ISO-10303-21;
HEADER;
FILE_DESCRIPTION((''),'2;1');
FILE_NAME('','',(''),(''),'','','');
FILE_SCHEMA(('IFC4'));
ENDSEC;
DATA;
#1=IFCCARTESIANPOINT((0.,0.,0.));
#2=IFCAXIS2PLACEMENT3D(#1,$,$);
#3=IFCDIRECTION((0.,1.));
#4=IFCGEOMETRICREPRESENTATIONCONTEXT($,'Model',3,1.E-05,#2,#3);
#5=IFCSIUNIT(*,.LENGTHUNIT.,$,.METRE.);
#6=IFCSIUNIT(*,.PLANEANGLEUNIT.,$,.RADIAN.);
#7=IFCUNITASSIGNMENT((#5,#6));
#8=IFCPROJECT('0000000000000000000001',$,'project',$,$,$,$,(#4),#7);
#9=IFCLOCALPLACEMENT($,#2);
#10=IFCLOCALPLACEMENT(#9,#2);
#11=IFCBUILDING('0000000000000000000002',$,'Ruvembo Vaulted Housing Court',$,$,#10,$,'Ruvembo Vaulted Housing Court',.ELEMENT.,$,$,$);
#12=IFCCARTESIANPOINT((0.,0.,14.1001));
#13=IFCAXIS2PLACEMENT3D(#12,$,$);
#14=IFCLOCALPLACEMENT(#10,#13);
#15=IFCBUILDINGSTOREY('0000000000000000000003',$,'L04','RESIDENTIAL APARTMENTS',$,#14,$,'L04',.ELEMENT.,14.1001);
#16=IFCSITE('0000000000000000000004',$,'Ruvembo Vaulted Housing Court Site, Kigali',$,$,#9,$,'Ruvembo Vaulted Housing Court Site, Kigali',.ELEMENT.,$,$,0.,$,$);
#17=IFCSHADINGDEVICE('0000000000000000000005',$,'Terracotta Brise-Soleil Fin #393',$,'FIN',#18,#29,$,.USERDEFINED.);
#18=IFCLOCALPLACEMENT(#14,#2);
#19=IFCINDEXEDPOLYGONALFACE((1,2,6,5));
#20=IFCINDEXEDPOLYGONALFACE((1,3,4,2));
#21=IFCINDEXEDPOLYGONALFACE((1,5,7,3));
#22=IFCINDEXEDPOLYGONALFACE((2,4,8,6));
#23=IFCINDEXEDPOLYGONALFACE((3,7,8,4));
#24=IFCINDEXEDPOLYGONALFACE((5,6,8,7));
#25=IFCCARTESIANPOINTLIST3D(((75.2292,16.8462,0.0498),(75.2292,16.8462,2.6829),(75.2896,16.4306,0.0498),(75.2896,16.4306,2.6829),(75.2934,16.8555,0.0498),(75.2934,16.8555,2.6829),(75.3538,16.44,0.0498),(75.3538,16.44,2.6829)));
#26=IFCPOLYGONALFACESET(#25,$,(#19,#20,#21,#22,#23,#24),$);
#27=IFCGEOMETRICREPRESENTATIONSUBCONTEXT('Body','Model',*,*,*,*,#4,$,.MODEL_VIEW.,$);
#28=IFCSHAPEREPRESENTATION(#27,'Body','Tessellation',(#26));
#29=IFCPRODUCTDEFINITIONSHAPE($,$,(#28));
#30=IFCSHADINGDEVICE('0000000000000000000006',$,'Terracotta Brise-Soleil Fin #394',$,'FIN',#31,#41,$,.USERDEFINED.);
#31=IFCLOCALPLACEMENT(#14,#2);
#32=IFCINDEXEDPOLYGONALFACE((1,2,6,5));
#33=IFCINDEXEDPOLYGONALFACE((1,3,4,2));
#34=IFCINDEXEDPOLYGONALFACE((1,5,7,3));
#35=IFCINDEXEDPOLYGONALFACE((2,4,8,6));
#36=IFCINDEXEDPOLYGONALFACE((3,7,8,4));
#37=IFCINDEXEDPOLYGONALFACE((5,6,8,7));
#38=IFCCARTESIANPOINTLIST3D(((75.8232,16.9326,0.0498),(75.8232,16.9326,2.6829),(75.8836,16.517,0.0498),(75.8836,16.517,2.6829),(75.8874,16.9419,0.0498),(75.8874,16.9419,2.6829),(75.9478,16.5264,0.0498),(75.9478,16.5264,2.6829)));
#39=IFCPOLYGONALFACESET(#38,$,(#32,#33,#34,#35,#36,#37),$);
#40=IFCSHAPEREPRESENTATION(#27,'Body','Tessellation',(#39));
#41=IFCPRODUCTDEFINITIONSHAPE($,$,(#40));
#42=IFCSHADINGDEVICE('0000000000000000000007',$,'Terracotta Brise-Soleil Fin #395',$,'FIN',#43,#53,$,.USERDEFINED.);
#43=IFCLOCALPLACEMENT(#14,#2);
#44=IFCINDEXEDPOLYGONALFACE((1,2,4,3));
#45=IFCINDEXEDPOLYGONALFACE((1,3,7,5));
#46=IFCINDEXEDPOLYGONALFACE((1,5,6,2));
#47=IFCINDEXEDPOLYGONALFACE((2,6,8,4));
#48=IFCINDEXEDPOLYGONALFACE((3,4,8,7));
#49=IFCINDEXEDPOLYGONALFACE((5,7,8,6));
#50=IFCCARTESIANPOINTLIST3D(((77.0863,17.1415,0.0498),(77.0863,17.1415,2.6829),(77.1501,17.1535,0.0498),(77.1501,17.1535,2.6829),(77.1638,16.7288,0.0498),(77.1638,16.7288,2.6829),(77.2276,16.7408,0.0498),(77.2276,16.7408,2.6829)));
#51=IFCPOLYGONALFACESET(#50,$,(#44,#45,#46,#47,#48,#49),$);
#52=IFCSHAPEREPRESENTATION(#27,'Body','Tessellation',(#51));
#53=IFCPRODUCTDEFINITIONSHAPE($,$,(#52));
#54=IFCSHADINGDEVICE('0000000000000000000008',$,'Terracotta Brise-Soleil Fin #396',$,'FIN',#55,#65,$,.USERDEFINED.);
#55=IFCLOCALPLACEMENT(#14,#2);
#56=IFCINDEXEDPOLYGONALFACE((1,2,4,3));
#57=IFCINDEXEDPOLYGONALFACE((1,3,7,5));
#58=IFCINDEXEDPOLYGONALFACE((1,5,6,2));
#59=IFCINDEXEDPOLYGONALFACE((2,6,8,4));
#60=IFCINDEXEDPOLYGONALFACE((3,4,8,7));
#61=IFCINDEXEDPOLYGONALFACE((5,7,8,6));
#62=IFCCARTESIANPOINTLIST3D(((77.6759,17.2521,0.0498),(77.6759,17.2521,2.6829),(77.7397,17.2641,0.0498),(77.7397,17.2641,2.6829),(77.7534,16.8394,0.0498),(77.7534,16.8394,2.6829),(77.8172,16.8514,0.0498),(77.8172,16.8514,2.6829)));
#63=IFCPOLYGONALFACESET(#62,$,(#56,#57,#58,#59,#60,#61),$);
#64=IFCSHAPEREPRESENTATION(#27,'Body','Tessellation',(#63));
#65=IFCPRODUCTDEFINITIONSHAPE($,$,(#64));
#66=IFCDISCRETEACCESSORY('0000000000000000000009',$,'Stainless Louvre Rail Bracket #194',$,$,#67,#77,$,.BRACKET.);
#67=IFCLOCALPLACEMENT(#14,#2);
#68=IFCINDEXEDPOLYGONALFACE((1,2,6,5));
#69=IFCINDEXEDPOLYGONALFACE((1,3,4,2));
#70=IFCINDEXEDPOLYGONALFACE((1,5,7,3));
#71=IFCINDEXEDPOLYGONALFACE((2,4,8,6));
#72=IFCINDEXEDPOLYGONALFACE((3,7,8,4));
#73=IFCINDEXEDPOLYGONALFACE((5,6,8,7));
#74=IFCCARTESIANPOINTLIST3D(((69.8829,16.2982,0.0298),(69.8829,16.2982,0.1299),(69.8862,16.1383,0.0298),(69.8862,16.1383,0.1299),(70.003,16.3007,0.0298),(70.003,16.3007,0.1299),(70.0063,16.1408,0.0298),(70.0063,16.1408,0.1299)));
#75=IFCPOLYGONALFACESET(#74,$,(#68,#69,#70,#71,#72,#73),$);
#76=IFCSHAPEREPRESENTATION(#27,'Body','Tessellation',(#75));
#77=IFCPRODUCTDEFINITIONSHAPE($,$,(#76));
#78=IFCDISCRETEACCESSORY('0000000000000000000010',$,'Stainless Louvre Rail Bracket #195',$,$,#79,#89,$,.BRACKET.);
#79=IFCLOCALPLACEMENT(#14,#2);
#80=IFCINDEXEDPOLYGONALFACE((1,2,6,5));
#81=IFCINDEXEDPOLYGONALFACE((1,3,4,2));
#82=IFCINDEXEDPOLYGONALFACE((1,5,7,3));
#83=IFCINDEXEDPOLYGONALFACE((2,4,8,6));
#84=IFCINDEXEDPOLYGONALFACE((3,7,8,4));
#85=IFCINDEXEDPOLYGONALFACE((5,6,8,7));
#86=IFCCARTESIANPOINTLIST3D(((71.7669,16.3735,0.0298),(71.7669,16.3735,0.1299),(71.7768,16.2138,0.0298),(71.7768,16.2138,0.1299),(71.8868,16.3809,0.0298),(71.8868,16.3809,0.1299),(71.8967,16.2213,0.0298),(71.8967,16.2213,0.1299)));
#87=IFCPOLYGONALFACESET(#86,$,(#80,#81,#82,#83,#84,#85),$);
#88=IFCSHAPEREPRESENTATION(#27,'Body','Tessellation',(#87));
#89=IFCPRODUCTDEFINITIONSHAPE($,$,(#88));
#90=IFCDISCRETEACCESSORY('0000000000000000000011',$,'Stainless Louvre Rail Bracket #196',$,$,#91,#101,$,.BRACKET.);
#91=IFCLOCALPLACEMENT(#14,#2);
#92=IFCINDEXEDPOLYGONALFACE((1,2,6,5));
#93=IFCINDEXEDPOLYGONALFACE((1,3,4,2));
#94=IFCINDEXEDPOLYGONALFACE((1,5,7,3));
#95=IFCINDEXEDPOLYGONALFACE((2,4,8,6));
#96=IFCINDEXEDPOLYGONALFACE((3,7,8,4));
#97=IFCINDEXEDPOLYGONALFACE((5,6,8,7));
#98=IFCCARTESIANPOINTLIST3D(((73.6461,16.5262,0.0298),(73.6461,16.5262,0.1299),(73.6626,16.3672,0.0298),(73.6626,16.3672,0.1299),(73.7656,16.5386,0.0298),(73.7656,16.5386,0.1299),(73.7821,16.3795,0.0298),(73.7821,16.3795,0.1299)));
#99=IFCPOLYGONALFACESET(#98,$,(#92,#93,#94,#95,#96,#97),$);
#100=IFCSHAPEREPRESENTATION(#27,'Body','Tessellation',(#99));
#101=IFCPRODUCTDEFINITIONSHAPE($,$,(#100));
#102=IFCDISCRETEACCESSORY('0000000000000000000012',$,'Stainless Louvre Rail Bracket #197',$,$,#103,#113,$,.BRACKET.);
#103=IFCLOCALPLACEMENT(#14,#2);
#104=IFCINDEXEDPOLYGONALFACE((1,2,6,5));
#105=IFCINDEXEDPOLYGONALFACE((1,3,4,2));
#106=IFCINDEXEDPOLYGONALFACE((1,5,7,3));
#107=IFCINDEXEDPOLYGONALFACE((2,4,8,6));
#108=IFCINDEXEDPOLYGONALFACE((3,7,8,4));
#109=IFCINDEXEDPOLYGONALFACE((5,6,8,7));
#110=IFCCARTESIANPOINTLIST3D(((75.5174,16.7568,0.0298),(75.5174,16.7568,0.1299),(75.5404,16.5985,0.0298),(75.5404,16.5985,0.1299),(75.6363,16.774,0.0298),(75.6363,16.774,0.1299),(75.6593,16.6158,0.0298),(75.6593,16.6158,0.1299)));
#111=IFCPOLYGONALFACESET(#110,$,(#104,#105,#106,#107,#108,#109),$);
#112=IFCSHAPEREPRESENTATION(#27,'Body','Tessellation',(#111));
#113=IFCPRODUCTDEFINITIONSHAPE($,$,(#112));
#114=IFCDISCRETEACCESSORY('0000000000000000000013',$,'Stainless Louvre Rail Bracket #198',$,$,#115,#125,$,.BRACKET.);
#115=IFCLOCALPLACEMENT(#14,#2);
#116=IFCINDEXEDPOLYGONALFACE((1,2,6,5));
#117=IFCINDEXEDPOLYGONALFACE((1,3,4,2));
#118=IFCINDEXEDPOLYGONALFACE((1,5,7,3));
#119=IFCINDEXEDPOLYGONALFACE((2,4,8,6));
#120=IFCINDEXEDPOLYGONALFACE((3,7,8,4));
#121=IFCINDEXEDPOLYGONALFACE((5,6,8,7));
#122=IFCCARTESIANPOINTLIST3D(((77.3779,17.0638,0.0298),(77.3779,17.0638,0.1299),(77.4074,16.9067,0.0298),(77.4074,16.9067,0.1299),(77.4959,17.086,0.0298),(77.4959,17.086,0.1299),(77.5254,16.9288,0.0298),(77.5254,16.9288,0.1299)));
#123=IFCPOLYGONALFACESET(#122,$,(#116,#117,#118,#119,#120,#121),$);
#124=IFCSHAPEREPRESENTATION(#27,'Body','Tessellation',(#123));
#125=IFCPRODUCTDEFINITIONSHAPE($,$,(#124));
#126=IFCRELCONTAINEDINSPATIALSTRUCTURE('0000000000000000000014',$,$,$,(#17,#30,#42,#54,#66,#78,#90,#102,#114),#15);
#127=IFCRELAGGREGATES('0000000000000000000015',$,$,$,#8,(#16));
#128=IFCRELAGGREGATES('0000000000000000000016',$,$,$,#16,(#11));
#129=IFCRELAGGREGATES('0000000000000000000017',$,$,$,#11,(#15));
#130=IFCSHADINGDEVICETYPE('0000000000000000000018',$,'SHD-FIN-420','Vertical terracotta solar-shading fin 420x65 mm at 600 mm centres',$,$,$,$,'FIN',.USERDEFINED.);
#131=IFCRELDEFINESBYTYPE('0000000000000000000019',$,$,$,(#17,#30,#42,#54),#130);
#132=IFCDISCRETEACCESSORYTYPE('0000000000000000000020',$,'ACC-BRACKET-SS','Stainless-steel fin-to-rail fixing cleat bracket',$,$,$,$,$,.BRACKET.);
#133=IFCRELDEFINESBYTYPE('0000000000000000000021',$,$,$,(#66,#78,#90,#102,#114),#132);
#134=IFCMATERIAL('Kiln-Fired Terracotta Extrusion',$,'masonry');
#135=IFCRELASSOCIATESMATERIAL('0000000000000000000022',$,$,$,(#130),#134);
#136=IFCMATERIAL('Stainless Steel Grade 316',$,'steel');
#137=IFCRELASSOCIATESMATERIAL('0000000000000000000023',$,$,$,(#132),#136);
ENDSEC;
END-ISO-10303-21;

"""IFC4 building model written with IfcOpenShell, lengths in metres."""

from ifc_helpers import new_model, si_unit, direction, frame, origin, origin_2d, place, context, subcontext, project, spatial, rectangle, extrude, material, type_object, element, save


model = new_model("IFC4")

# Units and contexts
model_context = context("Model", 3, precision=1e-05, world=origin(), true_north=direction((0.0, 1.0)))
body_context = subcontext(model_context, "Body", "Model", "MODEL_VIEW")
ifc_project = project(units=[si_unit("LENGTHUNIT", "METRE"), si_unit("PLANEANGLEUNIT", "RADIAN")], contexts=[model_context])

# Site, building, storey
site_placement = place(None, origin())
site = spatial("IfcSite", under=ifc_project, at=site_placement, Name="Ruvembo Vaulted Housing Court Site, Kigali", LongName="Ruvembo Vaulted Housing Court Site, Kigali", CompositionType="ELEMENT", RefElevation=0.0)
building_placement = place(site_placement, origin())
building = spatial("IfcBuilding", under=site, at=building_placement, Name="Ruvembo Vaulted Housing Court", LongName="Ruvembo Vaulted Housing Court", CompositionType="ELEMENT")
storey_placement = place(building_placement, frame((0.0, 0.0, 14.1001)))
storey = spatial("IfcBuildingStorey", under=building, at=storey_placement, Name="L04", Description="RESIDENTIAL APARTMENTS", LongName="L04", CompositionType="ELEMENT", Elevation=14.1001)

# Shading devices
ifc_material_1 = material(Name="Kiln-Fired Terracotta Extrusion", Category="masonry")
shading_device_type = type_object("IfcShadingDeviceType", Name="SHD-FIN-420", Description="Vertical terracotta solar-shading fin 420x65 mm at 600 mm centres", ElementType="FIN", PredefinedType="USERDEFINED", material=ifc_material_1)
for number, where, z_axis, x_axis, name in (
    (1, (75.2915, 16.6431, 0.0498), (0.0, 0.0, 1.0), (0.143873, -0.989596, 0.0), "Terracotta Brise-Soleil Fin #393"),
    (2, (75.8855, 16.7295, 0.0498), (0.0, 0.0, 1.0), (0.143873, -0.989596, 0.0), "Terracotta Brise-Soleil Fin #394"),
    (3, (77.157, 16.9412, 0.0498), (0.0, 0.0, 1.0), (0.184569, -0.98282, 0.0), "Terracotta Brise-Soleil Fin #395"),
    (4, (77.7466, 17.0518, 0.0498), (0.0, 0.0, 1.0), (0.184569, -0.98282, 0.0), "Terracotta Brise-Soleil Fin #396"),
):
    element("IfcShadingDevice", number, at=place(storey_placement, frame(where, z_axis=z_axis, x_axis=x_axis)), inside=storey, type_object=shading_device_type, Name=name, ObjectType="FIN", PredefinedType="USERDEFINED", context=body_context, shape_type="SweptSolid", body=[
        extrude(rectangle(XDim=0.4199, YDim=0.0649, at=origin_2d()), origin(), (0.0, 0.0, 1.0), 2.6331),
    ])

# Discrete accessories
ifc_material_2 = material(Name="Stainless Steel Grade 316", Category="steel")
discrete_accessory_type = type_object("IfcDiscreteAccessoryType", Name="ACC-BRACKET-SS", Description="Stainless-steel fin-to-rail fixing cleat bracket", PredefinedType="BRACKET", material=ifc_material_2)
for number, where, z_axis, x_axis, name in (
    (5, (69.9446, 16.2195, 0.0298), (0.0, 0.0, 1.0), (0.020646, -0.999787, 0.0), "Stainless Louvre Rail Bracket #194"),
    (6, (71.8318, 16.2974, 0.0298), (0.0, 0.0, 1.0), (0.061832, -0.998087, 0.0), "Stainless Louvre Rail Bracket #195"),
    (7, (73.7141, 16.4529, 0.0298), (0.0, 0.0, 1.0), (0.102949, -0.994687, 0.0), "Stainless Louvre Rail Bracket #196"),
    (8, (75.5884, 16.6863, 0.0298), (0.0, 0.0, 1.0), (0.143873, -0.989596, 0.0), "Stainless Louvre Rail Bracket #197"),
    (9, (77.4517, 16.9963, 0.0298), (0.0, 0.0, 1.0), (0.184569, -0.98282, 0.0), "Stainless Louvre Rail Bracket #198"),
):
    element("IfcDiscreteAccessory", number, at=place(storey_placement, frame(where, z_axis=z_axis, x_axis=x_axis)), inside=storey, type_object=discrete_accessory_type, Name=name, PredefinedType="BRACKET", context=body_context, shape_type="SweptSolid", body=[
        extrude(rectangle(XDim=0.1599, YDim=0.1201, at=origin_2d()), origin(), (0.0, 0.0, 1.0), 0.1001),
    ])

save(model, "model.ifc")
